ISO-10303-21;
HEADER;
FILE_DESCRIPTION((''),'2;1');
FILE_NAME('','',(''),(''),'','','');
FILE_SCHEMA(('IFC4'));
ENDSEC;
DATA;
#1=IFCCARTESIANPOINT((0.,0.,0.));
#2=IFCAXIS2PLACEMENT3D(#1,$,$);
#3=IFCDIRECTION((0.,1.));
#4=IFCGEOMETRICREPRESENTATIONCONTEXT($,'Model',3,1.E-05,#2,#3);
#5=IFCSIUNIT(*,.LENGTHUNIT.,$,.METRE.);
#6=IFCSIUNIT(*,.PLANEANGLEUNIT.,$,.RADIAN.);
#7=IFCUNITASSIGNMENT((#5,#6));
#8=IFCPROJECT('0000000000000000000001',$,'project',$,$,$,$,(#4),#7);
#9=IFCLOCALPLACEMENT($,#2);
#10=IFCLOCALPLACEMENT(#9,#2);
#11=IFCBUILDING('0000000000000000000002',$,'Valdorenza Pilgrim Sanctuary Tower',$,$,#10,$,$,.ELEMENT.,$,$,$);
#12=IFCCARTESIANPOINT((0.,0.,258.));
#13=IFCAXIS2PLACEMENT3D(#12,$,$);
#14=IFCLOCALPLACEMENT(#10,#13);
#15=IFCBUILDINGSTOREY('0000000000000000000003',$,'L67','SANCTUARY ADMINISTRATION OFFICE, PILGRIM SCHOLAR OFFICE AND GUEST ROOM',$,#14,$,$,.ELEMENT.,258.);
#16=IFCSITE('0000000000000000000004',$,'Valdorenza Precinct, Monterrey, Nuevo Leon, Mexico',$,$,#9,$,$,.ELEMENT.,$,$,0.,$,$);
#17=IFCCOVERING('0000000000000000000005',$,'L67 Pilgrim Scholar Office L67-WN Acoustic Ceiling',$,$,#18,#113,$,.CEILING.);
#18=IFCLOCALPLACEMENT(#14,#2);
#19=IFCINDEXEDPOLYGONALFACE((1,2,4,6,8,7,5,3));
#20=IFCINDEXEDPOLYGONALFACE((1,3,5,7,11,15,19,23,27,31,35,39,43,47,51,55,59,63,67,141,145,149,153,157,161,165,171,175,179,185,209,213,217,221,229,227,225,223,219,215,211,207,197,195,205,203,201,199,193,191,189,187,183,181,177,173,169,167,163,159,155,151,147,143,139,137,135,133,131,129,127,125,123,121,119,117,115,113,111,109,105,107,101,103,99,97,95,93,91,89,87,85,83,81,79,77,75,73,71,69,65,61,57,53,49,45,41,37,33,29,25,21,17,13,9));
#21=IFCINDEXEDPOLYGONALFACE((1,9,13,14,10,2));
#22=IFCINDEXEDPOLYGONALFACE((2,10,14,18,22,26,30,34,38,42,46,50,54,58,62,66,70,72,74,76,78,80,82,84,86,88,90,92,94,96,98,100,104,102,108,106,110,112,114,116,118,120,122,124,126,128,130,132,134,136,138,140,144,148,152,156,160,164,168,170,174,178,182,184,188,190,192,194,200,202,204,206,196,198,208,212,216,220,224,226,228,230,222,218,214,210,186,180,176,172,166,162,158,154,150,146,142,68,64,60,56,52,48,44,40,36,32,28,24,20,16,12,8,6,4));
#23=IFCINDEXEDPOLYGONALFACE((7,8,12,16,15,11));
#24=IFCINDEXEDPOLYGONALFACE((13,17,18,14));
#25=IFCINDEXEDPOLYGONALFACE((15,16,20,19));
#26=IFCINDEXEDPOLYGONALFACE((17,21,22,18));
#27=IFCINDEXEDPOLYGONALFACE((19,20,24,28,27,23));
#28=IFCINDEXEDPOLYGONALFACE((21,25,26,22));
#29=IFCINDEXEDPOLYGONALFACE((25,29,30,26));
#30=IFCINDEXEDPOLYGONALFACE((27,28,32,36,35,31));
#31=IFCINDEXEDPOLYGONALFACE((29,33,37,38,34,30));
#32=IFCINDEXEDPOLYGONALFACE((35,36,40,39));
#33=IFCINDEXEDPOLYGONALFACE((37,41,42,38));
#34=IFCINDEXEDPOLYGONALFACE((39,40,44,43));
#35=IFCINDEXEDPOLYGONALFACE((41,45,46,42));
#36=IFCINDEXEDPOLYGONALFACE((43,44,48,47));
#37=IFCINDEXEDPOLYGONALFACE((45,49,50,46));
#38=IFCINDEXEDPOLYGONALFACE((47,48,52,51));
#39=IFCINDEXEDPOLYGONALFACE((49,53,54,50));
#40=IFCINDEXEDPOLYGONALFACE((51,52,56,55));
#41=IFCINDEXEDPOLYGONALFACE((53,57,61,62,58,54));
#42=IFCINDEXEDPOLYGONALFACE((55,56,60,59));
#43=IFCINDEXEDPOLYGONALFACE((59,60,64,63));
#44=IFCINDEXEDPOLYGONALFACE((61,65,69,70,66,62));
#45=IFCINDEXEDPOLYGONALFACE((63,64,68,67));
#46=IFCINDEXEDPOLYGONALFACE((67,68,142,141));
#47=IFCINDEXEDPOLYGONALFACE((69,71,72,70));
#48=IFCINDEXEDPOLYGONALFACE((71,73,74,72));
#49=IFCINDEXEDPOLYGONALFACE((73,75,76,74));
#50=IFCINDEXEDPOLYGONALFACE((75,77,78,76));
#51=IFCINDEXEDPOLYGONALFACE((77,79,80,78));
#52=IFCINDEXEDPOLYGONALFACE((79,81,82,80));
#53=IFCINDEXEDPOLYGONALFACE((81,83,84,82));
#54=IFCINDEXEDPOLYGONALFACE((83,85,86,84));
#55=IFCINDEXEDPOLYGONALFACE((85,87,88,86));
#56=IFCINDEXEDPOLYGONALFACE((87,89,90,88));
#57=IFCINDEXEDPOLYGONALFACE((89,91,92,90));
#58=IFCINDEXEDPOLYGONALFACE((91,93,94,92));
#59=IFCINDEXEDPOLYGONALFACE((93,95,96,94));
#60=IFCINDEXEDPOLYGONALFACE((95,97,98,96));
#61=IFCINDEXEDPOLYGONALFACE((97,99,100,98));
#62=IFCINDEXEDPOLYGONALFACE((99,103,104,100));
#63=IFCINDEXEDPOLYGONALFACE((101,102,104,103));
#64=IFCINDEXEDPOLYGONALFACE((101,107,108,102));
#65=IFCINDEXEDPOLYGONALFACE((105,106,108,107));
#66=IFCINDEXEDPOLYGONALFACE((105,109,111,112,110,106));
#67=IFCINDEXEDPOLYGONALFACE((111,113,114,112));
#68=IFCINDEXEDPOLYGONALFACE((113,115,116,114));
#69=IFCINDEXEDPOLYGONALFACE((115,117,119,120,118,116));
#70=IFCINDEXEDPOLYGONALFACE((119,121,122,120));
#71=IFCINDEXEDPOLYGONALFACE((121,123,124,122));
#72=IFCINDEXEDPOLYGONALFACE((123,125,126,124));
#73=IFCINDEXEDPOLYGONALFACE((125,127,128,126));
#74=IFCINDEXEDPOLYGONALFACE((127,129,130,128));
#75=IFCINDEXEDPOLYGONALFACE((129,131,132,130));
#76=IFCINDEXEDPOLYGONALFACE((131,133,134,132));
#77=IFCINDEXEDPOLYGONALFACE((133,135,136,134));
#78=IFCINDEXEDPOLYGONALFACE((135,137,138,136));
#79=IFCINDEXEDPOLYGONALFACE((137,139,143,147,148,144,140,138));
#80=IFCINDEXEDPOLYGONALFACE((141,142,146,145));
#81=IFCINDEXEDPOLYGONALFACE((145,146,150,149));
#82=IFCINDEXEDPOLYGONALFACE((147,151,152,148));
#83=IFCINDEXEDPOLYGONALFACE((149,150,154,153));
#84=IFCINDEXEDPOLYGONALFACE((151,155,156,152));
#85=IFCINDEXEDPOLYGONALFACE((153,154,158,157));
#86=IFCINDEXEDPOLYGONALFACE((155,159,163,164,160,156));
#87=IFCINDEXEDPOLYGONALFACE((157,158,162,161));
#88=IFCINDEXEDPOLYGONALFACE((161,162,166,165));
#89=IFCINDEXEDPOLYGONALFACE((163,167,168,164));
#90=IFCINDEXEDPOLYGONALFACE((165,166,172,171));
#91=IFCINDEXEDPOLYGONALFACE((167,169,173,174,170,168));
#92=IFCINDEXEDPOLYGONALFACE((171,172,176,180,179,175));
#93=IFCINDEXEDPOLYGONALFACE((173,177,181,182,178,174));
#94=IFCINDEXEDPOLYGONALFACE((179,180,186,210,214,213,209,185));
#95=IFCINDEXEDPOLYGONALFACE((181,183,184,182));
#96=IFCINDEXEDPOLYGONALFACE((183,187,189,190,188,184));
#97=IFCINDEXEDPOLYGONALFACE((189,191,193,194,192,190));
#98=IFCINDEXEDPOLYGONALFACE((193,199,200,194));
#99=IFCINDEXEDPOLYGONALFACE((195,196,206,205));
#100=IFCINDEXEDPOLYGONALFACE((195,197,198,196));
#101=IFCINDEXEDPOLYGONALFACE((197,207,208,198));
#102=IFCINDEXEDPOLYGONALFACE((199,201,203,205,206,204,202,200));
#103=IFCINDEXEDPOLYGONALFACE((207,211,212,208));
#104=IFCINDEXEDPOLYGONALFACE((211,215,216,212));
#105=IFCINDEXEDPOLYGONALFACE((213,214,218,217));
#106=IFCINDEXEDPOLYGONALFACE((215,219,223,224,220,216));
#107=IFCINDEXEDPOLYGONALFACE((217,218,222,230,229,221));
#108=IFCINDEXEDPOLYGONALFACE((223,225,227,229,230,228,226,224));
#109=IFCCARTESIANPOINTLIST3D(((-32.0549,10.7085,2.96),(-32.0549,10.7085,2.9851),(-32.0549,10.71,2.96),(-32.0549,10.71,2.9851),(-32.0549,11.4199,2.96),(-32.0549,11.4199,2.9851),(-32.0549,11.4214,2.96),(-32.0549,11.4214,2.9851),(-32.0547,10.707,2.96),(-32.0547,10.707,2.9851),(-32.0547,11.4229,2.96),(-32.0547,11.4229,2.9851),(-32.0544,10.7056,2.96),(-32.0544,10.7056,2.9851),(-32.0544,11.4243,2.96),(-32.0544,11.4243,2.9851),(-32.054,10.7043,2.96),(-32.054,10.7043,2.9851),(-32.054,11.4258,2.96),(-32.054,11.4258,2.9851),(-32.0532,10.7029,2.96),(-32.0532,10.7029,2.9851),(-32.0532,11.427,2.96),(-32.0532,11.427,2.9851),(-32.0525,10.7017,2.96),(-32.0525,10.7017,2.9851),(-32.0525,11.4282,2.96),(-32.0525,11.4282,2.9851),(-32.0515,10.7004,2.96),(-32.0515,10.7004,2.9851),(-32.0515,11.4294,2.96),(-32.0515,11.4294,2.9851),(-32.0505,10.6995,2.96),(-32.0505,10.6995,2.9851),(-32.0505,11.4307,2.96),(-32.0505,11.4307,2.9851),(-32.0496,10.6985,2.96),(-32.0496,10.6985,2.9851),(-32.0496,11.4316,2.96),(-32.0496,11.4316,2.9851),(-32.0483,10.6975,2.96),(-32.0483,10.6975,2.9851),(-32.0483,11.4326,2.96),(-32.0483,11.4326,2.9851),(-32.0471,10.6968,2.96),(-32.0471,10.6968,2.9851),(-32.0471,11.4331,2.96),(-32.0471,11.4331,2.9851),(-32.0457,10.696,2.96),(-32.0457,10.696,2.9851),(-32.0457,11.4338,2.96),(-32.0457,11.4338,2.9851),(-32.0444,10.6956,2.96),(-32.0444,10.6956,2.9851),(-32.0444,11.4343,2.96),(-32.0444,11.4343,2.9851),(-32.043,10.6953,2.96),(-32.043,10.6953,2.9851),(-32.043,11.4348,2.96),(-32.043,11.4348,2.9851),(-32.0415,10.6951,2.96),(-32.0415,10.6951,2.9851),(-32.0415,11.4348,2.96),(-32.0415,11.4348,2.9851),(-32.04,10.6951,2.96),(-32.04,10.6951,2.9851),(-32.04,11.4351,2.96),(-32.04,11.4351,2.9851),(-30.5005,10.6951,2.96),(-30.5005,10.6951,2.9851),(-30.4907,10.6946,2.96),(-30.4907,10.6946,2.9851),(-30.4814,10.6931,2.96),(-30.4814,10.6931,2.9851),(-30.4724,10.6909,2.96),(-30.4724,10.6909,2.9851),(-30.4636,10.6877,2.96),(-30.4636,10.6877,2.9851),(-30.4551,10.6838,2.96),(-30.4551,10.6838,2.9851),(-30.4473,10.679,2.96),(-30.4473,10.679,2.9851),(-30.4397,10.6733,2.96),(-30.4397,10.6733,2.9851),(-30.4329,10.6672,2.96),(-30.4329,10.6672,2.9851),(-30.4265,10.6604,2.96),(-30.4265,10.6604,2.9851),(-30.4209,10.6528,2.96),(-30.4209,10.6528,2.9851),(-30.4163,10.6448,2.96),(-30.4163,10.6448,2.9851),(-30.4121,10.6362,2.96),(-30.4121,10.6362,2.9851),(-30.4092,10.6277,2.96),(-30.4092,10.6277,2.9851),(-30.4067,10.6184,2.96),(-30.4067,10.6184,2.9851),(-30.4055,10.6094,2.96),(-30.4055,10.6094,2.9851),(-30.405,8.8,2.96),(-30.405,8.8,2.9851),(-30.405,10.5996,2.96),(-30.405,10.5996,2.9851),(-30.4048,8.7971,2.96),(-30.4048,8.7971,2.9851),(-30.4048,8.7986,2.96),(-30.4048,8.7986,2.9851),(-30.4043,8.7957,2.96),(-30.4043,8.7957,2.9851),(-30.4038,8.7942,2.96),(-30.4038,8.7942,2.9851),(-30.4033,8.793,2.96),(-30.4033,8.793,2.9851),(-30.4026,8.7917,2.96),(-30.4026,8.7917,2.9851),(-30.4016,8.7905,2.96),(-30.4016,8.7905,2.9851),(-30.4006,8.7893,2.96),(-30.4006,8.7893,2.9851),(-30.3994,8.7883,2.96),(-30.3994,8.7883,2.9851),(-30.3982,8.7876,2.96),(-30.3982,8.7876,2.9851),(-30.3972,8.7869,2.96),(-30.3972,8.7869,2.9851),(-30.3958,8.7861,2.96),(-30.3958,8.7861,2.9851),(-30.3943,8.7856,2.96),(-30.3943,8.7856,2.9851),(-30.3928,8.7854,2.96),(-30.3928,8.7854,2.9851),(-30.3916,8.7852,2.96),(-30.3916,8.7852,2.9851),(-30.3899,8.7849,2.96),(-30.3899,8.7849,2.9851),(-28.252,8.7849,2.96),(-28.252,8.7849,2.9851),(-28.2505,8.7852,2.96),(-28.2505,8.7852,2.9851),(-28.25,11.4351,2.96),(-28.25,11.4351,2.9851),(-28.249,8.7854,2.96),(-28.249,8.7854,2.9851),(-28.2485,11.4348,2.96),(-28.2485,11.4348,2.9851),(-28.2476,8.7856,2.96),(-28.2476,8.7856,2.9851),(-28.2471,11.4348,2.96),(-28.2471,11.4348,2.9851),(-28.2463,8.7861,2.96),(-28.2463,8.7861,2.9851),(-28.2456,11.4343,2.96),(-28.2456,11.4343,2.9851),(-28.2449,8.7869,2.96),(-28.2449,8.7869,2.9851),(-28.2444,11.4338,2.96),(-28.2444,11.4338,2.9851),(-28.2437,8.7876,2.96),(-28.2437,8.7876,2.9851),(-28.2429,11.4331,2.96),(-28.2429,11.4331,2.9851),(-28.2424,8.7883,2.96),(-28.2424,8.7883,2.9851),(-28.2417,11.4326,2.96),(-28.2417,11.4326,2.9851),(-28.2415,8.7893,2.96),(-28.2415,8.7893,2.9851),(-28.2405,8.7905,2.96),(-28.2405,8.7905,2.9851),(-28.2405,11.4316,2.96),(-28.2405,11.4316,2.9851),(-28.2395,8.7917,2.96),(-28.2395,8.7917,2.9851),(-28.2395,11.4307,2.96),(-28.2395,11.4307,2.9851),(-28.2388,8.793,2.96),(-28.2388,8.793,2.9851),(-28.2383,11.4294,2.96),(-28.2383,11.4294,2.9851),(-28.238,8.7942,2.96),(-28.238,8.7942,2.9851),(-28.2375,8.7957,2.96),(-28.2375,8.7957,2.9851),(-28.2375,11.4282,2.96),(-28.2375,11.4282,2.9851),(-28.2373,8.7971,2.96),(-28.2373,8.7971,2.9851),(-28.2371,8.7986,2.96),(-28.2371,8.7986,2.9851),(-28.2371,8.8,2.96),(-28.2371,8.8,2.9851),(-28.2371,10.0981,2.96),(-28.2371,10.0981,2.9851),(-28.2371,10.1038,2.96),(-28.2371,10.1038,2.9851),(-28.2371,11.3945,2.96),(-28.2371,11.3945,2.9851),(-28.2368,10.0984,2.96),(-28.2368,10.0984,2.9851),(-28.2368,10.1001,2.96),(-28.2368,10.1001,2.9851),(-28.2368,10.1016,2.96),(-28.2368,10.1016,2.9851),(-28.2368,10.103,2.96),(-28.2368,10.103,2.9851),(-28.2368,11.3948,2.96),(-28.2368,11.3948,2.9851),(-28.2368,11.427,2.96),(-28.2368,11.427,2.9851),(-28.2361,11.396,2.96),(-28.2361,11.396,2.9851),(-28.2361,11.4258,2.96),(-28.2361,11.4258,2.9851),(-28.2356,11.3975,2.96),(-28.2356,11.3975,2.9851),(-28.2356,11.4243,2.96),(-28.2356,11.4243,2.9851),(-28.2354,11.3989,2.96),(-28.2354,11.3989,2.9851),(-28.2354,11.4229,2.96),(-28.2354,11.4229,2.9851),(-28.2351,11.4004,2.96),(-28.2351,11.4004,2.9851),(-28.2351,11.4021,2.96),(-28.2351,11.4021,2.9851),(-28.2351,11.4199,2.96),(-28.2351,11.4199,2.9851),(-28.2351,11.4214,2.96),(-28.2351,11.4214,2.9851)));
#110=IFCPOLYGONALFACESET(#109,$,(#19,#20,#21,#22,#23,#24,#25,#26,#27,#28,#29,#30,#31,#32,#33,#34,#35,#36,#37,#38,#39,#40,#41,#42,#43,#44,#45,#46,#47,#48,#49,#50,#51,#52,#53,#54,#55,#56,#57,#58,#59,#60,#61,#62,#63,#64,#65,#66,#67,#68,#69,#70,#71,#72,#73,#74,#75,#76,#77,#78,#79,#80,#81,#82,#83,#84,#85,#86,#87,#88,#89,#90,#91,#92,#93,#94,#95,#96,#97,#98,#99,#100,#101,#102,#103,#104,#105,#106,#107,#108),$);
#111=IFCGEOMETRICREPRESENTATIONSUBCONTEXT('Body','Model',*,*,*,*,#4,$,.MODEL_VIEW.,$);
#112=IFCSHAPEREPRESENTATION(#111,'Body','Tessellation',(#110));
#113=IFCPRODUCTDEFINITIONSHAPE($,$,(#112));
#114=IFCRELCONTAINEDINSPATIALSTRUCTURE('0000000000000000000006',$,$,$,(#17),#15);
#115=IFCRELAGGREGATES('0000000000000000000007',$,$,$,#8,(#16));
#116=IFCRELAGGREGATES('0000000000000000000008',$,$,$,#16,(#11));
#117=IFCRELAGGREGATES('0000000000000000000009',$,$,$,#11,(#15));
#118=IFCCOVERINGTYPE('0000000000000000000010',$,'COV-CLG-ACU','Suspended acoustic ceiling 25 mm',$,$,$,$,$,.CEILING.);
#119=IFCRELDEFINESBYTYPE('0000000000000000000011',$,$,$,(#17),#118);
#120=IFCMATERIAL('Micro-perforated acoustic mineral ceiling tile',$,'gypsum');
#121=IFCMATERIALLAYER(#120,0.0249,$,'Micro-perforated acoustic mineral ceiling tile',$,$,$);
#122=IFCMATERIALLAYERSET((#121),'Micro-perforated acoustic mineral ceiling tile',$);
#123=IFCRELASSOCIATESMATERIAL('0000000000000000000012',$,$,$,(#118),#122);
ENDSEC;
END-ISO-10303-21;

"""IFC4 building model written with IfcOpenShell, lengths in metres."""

from ifc_helpers import new_model, si_unit, direction, frame, origin, place, context, subcontext, project, spatial, polyline, outline, extrude, material, layer, layer_set, type_object, element, save


model = new_model("IFC4")

# Units and contexts
model_context = context("Model", 3, precision=1e-05, world=origin(), true_north=direction((0.0, 1.0)))
body_context = subcontext(model_context, "Body", "Model", "MODEL_VIEW")
ifc_project = project(units=[si_unit("LENGTHUNIT", "METRE"), si_unit("PLANEANGLEUNIT", "RADIAN")], contexts=[model_context])

# Site, building, storey
site_placement = place(None, origin())
site = spatial("IfcSite", under=ifc_project, at=site_placement, Name="Valdorenza Precinct, Monterrey, Nuevo Leon, Mexico", CompositionType="ELEMENT", RefElevation=0.0)
building_placement = place(site_placement, origin())
building = spatial("IfcBuilding", under=site, at=building_placement, Name="Valdorenza Pilgrim Sanctuary Tower", CompositionType="ELEMENT")
storey_placement = place(building_placement, frame((0.0, 0.0, 258.0)))
storey = spatial("IfcBuildingStorey", under=building, at=storey_placement, Name="L67", Description="SANCTUARY ADMINISTRATION OFFICE, PILGRIM SCHOLAR OFFICE AND GUEST ROOM", CompositionType="ELEMENT", Elevation=258.0)

# Covering
ifc_material_1 = material(Name="Micro-perforated acoustic mineral ceiling tile", Category="gypsum")
ifc_layer_1 = layer(ifc_material_1, 0.0249, Name="Micro-perforated acoustic mineral ceiling tile")
ifc_layer_set_1 = layer_set([ifc_layer_1], Name="Micro-perforated acoustic mineral ceiling tile")
covering_type_1 = type_object("IfcCoveringType", Name="COV-CLG-ACU", Description="Suspended acoustic ceiling 25 mm", PredefinedType="CEILING", material=ifc_layer_set_1)
covering_1_placement = place(storey_placement, frame((0.0, 0.0, 2.96)))
element("IfcCovering", 1, at=covering_1_placement, inside=storey, type_object=covering_type_1, Name="L67 Pilgrim Scholar Office L67-WN Acoustic Ceiling", PredefinedType="CEILING", context=body_context, shape_type="SweptSolid", body=[
    extrude(outline(polyline([(-28.2371, 11.3945), (-28.2371, 10.1038), (-28.2368, 10.103), (-28.2368, 10.1016), (-28.2368, 10.1001), (-28.2368, 10.0984), (-28.2371, 10.0981), (-28.2371, 8.8), (-28.2371, 8.7986), (-28.2373, 8.7971), (-28.2375, 8.7957), (-28.238, 8.7942), (-28.2388, 8.793), (-28.2395, 8.7917), (-28.2405, 8.7905), (-28.2415, 8.7893), (-28.2424, 8.7883), (-28.2437, 8.7876), (-28.2449, 8.7869), (-28.2463, 8.7861), (-28.2476, 8.7856), (-28.249, 8.7854), (-28.2505, 8.7852), (-28.252, 8.7849), (-30.3899, 8.7849), (-30.3916, 8.7852), (-30.3928, 8.7854), (-30.3943, 8.7856), (-30.3958, 8.7861), (-30.3972, 8.7869), (-30.3982, 8.7876), (-30.3994, 8.7883), (-30.4006, 8.7893), (-30.4016, 8.7905), (-30.4026, 8.7917), (-30.4033, 8.793), (-30.4038, 8.7942), (-30.4043, 8.7957), (-30.4048, 8.7971), (-30.4048, 8.7986), (-30.405, 8.8), (-30.405, 10.5996), (-30.4055, 10.6094), (-30.4067, 10.6184), (-30.4092, 10.6277), (-30.4121, 10.6362), (-30.4163, 10.6448), (-30.4209, 10.6528), (-30.4265, 10.6604), (-30.4329, 10.6672), (-30.4397, 10.6733), (-30.4473, 10.679), (-30.4551, 10.6838), (-30.4636, 10.6877), (-30.4724, 10.6909), (-30.4814, 10.6931), (-30.4907, 10.6946), (-30.5005, 10.6951), (-32.04, 10.6951), (-32.0415, 10.6951), (-32.043, 10.6953), (-32.0444, 10.6956), (-32.0457, 10.696), (-32.0471, 10.6968), (-32.0483, 10.6975), (-32.0496, 10.6985), (-32.0505, 10.6995), (-32.0515, 10.7004), (-32.0525, 10.7017), (-32.0532, 10.7029), (-32.054, 10.7043), (-32.0544, 10.7056), (-32.0547, 10.707), (-32.0549, 10.7085), (-32.0549, 10.71), (-32.0549, 11.4199), (-32.0549, 11.4214), (-32.0547, 11.4229), (-32.0544, 11.4243), (-32.054, 11.4258), (-32.0532, 11.427), (-32.0525, 11.4282), (-32.0515, 11.4294), (-32.0505, 11.4307), (-32.0496, 11.4316), (-32.0483, 11.4326), (-32.0471, 11.4331), (-32.0457, 11.4338), (-32.0444, 11.4343), (-32.043, 11.4348), (-32.0415, 11.4348), (-32.04, 11.4351), (-28.25, 11.4351), (-28.2485, 11.4348), (-28.2471, 11.4348), (-28.2456, 11.4343), (-28.2444, 11.4338), (-28.2429, 11.4331), (-28.2417, 11.4326), (-28.2405, 11.4316), (-28.2395, 11.4307), (-28.2383, 11.4294), (-28.2375, 11.4282), (-28.2368, 11.427), (-28.2361, 11.4258), (-28.2356, 11.4243), (-28.2354, 11.4229), (-28.2351, 11.4214), (-28.2351, 11.4199), (-28.2351, 11.4021), (-28.2351, 11.4004), (-28.2354, 11.3989), (-28.2356, 11.3975), (-28.2361, 11.396), (-28.2368, 11.3948), (-28.2371, 11.3945)])), origin(), (0.0, 0.0, 1.0), 0.0251),
])

save(model, "model.ifc")
